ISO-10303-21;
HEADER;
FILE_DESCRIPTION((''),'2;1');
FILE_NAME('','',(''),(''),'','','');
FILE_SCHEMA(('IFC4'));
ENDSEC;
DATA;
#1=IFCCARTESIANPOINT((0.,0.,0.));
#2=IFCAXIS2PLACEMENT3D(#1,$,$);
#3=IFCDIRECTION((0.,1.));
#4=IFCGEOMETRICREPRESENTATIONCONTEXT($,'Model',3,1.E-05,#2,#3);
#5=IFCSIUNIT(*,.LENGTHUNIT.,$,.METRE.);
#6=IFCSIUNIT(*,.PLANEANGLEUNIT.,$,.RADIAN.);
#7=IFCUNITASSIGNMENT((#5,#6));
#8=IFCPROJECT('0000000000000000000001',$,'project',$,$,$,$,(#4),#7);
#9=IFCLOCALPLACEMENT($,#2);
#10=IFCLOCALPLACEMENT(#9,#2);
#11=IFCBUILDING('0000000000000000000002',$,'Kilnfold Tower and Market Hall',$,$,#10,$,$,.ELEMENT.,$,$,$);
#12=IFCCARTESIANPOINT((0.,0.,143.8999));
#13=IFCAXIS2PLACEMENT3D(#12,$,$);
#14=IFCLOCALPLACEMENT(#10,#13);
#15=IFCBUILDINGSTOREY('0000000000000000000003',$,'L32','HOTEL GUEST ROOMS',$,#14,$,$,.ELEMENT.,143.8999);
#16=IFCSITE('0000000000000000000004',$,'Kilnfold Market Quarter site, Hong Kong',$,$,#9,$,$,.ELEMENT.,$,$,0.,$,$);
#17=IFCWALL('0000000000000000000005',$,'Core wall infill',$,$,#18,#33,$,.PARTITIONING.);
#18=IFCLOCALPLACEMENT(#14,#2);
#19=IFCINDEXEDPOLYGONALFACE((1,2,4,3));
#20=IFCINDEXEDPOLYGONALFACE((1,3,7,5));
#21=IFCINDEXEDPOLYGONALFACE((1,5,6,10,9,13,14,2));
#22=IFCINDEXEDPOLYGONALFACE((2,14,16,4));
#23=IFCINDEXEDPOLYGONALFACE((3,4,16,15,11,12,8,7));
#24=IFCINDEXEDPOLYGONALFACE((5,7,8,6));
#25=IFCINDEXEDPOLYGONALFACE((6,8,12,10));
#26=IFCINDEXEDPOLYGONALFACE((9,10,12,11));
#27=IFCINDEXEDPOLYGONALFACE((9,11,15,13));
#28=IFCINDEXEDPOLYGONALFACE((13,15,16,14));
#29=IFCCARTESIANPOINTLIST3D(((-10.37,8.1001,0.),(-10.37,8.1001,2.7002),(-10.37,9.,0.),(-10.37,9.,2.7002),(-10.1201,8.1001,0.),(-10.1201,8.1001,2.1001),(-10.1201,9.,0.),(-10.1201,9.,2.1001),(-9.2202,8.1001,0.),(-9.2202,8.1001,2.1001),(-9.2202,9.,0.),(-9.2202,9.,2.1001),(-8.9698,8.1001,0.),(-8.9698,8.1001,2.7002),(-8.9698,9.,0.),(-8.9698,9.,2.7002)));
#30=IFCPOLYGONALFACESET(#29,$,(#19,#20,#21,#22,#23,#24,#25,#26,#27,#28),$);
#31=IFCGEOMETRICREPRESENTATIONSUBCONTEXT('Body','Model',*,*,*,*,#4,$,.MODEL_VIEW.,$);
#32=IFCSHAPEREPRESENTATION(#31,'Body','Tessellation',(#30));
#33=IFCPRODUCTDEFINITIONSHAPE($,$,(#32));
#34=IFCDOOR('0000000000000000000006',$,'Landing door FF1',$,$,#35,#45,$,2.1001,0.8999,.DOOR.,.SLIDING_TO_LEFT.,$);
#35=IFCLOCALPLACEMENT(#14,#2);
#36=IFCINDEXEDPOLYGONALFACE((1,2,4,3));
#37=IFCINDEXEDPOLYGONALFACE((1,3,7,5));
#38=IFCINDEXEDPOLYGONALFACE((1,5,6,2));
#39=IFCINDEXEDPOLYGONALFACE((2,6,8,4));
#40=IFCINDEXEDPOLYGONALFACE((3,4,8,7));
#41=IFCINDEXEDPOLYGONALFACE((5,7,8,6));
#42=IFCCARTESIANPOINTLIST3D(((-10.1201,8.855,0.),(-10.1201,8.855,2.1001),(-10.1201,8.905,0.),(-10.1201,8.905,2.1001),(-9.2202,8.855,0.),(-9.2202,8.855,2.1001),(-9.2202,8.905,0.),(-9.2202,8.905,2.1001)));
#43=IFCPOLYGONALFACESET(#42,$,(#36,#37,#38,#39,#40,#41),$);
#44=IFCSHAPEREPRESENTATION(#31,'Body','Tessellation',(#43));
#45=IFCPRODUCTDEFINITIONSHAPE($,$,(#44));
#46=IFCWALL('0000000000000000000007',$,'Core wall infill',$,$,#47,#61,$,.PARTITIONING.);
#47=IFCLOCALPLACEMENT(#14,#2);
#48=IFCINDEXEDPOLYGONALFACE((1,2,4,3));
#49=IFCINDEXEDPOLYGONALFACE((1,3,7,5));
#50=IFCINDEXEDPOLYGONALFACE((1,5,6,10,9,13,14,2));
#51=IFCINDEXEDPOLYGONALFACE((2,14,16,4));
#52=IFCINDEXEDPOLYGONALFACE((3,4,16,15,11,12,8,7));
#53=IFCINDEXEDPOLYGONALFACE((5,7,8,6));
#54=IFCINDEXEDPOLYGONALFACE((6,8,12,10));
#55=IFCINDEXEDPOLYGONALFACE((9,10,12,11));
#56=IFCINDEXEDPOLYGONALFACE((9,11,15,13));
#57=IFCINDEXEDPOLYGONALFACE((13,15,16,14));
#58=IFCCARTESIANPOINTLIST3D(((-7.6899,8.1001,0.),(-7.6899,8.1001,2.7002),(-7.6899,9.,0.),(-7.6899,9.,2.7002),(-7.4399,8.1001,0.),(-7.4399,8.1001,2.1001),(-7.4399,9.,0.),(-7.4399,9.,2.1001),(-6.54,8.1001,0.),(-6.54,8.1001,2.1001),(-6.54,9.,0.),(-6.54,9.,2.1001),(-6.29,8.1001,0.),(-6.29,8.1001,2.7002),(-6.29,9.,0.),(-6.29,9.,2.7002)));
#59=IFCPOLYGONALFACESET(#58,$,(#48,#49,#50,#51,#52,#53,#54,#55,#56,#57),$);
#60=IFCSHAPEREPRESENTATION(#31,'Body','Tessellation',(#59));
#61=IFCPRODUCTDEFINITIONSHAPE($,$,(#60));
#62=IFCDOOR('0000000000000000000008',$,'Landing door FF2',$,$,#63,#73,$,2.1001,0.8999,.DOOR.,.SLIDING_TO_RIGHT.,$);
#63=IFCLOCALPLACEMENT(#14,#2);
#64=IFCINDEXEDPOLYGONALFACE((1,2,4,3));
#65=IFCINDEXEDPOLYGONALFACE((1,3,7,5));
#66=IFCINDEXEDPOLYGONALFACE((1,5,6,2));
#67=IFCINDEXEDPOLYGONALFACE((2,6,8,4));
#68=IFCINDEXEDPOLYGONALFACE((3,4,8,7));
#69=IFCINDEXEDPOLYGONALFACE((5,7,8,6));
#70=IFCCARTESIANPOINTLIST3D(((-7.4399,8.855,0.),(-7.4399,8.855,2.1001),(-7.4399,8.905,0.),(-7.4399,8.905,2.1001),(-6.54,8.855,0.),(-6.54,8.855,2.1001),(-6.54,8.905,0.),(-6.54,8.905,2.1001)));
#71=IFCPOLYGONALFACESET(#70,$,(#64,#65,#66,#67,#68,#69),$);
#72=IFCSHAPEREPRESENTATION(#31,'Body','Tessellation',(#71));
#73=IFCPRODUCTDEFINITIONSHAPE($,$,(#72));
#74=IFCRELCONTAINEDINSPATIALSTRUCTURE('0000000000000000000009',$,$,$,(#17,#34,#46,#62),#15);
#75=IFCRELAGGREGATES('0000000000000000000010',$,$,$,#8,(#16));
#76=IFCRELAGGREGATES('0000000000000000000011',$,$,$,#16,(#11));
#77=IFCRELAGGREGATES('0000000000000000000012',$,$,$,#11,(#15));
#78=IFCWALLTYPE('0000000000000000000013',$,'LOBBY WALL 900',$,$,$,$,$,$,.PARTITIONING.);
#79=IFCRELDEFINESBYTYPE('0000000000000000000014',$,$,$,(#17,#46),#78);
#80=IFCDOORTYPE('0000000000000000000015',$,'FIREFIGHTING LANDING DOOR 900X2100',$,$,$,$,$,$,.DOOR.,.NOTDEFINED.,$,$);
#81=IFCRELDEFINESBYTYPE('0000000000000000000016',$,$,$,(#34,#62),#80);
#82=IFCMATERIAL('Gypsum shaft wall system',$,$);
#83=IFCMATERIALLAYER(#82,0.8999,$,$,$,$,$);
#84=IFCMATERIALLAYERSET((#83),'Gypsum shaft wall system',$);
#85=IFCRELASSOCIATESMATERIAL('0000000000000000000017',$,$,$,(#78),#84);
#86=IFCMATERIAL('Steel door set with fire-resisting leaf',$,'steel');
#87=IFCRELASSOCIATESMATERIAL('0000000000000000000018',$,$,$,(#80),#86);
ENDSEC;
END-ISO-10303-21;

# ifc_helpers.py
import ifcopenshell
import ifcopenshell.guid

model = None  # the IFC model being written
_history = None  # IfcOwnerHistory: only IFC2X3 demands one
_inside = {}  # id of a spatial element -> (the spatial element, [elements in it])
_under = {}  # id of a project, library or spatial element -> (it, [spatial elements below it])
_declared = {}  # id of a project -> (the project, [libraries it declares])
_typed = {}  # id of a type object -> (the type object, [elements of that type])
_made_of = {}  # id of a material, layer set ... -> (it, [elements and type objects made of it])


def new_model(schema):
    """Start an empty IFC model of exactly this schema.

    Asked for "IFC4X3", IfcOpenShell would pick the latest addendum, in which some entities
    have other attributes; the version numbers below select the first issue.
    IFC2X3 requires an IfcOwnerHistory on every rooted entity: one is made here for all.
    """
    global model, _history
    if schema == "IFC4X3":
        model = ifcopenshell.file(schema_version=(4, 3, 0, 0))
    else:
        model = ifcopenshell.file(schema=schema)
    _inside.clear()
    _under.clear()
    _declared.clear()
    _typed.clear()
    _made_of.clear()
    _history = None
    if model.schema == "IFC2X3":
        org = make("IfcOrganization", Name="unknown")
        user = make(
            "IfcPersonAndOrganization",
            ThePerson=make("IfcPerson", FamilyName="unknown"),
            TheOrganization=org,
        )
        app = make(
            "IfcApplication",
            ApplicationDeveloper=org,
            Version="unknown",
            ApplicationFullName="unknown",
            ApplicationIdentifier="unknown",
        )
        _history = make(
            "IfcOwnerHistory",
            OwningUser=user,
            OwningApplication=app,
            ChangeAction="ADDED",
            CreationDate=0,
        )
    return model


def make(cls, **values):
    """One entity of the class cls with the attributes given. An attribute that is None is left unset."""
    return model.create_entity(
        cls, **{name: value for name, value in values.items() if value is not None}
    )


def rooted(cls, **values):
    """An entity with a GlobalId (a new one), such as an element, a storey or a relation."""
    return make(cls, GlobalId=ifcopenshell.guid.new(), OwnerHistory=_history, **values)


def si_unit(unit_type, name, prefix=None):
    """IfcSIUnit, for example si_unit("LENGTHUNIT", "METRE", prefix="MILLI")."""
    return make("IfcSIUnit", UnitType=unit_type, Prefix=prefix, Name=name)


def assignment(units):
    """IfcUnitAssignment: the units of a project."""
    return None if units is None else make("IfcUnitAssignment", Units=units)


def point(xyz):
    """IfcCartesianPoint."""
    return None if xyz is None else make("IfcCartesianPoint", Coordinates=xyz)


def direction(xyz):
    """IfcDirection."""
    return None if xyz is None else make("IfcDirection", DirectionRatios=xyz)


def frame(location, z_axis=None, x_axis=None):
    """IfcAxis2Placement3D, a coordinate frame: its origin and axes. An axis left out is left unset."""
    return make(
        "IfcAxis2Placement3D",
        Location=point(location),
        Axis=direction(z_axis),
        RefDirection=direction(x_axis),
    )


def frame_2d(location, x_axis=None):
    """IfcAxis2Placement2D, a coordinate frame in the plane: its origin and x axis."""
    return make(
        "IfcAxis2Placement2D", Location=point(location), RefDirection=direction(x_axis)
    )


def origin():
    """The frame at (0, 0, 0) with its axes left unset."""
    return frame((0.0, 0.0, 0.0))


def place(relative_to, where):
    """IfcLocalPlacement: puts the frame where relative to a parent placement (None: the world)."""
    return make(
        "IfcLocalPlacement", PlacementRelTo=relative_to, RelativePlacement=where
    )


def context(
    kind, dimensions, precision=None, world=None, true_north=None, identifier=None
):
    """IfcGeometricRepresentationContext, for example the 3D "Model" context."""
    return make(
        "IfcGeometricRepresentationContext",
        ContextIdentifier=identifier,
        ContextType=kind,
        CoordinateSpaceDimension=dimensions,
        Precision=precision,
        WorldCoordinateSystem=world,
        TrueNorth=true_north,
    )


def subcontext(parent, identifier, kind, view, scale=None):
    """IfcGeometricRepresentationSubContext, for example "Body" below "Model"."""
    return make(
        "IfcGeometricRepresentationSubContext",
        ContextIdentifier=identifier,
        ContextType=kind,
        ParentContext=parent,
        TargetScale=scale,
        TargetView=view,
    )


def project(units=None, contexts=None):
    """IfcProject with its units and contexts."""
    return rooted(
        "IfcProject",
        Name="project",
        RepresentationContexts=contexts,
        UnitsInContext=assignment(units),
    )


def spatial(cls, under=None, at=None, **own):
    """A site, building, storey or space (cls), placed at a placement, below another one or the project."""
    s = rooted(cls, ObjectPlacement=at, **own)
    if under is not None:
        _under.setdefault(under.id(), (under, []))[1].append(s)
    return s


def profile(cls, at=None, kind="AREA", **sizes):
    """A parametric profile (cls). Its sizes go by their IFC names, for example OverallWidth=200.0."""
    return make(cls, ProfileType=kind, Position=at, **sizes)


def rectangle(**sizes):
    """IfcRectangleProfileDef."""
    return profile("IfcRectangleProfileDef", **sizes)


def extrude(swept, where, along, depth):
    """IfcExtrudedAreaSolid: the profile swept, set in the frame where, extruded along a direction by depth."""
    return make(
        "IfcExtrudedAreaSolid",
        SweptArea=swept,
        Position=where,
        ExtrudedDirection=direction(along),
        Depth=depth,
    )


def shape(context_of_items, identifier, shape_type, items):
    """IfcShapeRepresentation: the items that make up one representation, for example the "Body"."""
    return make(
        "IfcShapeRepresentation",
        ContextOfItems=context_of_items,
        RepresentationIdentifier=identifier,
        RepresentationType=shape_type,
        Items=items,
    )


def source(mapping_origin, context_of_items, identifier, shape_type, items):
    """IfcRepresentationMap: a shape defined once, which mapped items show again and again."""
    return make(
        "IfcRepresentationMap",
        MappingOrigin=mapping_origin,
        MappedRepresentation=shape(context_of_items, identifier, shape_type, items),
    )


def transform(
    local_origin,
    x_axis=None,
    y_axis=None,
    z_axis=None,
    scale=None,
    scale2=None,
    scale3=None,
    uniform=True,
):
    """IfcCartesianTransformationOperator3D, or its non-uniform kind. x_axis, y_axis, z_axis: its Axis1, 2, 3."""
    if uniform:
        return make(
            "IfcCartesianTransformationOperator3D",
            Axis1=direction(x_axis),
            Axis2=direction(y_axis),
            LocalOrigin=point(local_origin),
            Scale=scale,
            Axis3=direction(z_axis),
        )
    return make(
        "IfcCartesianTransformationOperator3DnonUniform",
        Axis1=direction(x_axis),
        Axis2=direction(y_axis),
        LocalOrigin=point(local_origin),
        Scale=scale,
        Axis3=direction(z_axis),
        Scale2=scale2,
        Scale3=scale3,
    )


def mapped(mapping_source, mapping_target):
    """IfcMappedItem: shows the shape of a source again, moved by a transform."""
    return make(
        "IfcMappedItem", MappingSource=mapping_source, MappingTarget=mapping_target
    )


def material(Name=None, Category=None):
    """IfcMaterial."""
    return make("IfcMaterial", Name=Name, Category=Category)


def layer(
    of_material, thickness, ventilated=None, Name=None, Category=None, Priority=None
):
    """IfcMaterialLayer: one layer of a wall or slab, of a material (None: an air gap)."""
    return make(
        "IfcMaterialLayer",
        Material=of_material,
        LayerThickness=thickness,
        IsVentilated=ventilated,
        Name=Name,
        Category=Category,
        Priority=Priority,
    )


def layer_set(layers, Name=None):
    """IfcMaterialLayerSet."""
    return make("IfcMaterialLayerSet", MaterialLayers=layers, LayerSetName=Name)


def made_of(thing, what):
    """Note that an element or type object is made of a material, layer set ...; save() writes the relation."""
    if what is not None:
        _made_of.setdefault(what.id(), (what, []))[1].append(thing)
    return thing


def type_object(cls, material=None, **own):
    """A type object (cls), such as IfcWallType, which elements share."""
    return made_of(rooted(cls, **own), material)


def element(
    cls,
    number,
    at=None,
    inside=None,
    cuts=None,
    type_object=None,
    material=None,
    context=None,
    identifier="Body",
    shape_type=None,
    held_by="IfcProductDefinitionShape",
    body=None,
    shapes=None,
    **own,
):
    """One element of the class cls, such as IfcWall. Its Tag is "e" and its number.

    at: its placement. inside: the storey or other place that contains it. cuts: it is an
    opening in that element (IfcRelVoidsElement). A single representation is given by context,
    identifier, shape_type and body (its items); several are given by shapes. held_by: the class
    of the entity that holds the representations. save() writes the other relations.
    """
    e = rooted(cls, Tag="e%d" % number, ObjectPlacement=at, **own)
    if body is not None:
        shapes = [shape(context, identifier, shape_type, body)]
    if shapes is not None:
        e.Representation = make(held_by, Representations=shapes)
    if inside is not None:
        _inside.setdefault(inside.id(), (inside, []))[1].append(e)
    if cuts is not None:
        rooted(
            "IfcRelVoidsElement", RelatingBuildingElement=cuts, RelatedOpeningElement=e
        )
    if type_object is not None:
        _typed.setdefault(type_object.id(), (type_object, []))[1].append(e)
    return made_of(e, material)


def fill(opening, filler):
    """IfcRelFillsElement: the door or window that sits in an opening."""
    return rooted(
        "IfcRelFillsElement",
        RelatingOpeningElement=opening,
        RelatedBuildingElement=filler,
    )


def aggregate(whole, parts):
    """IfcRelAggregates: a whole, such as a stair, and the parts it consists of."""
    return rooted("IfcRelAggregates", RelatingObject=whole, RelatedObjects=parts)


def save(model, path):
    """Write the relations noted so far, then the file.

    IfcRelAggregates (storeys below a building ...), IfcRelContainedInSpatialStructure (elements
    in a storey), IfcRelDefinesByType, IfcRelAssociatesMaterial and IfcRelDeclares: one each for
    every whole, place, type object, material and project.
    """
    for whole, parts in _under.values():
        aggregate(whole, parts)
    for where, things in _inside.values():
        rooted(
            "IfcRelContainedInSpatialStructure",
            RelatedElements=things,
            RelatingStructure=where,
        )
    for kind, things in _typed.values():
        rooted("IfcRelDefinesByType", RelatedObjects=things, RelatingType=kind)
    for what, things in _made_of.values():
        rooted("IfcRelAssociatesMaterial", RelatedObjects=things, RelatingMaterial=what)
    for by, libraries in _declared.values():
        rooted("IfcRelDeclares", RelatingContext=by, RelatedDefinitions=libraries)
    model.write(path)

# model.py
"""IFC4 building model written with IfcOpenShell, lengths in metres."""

from ifc_helpers import new_model, si_unit, direction, frame, frame_2d, origin, place, context, subcontext, project, spatial, rectangle, extrude, source, transform, mapped, material, layer, layer_set, type_object, element, fill, save


model = new_model("IFC4")

# Units and contexts
model_context = context("Model", 3, precision=1e-05, world=origin(), true_north=direction((0.0, 1.0)))
body_context = subcontext(model_context, "Body", "Model", "MODEL_VIEW")
ifc_project = project(units=[si_unit("LENGTHUNIT", "METRE"), si_unit("PLANEANGLEUNIT", "RADIAN")], contexts=[model_context])

# Site, building, storey
site_placement = place(None, origin())
site = spatial("IfcSite", under=ifc_project, at=site_placement, Name="Kilnfold Market Quarter site, Hong Kong", CompositionType="ELEMENT", RefElevation=0.0)
building_placement = place(site_placement, origin())
building = spatial("IfcBuilding", under=site, at=building_placement, Name="Kilnfold Tower and Market Hall", CompositionType="ELEMENT")
storey_placement = place(building_placement, frame((0.0, 0.0, 143.8999)))
storey = spatial("IfcBuildingStorey", under=building, at=storey_placement, Name="L32", Description="HOTEL GUEST ROOMS", CompositionType="ELEMENT", Elevation=143.8999)

# Walls, openings, doors
ifc_material_1 = material(Name="Gypsum shaft wall system")
ifc_layer_1 = layer(ifc_material_1, 0.8999)
ifc_layer_set_1 = layer_set([ifc_layer_1], Name="Gypsum shaft wall system")
wall_type_1 = type_object("IfcWallType", Name="LOBBY WALL 900", PredefinedType="PARTITIONING", material=ifc_layer_set_1)
shared_shape_1 = source(origin(), body_context, "Body", "SweptSolid", [
    extrude(rectangle(XDim=1.4001, YDim=0.8999, at=frame_2d((0.7002, 0.0))), origin(), (0.0, 0.0, 1.0), 2.7002),
])
wall_1_placement = place(storey_placement, frame((-10.3701, 8.55, 0.0), z_axis=(0.0, 0.0, 1.0), x_axis=(1.0, 0.0, 0.0)))
wall_1 = element("IfcWall", 1, at=wall_1_placement, inside=storey, type_object=wall_type_1, Name="Core wall infill", PredefinedType="PARTITIONING", context=body_context, shape_type="MappedRepresentation", body=[
    mapped(shared_shape_1, transform((0.0, 0.0, 0.0))),
])
opening_1_placement = place(wall_1_placement, frame((0.25, 0.0, 0.0)))
opening_1 = element("IfcOpeningElement", 2, at=opening_1_placement, cuts=wall_1, PredefinedType="OPENING", context=body_context, shape_type="SweptSolid", body=[
    extrude(rectangle(XDim=0.8999, YDim=2.1001, at=frame_2d((0.45, 1.05))), frame((0.0, 0.46, 0.0), z_axis=(0.0, -1.0, 0.0), x_axis=(1.0, 0.0, 0.0)), (0.0, 0.0, 1.0), 0.9199),
])
ifc_material_2 = material(Name="Steel door set with fire-resisting leaf", Category="steel")
door_type_1 = type_object("IfcDoorType", Name="FIREFIGHTING LANDING DOOR 900X2100", OperationType="NOTDEFINED", PredefinedType="DOOR", material=ifc_material_2)
door_1_placement = place(opening_1_placement, origin())
door_1 = element("IfcDoor", 3, at=door_1_placement, inside=storey, type_object=door_type_1, Name="Landing door FF1", OperationType="SLIDING_TO_LEFT", OverallHeight=2.1001, OverallWidth=0.8999, PredefinedType="DOOR", context=body_context, shape_type="SweptSolid", body=[
    extrude(rectangle(XDim=0.8999, YDim=2.1001, at=frame_2d((0.45, 1.05))), frame((0.0, 0.355, 0.0), z_axis=(0.0, -1.0, 0.0), x_axis=(1.0, 0.0, 0.0)), (0.0, 0.0, 1.0), 0.05),
])
fill(opening_1, door_1)
shared_shape_2 = source(origin(), body_context, "Body", "SweptSolid", [
    extrude(rectangle(XDim=1.3999, YDim=0.8999, at=frame_2d((0.7, 0.0))), origin(), (0.0, 0.0, 1.0), 2.7002),
])
wall_2_placement = place(storey_placement, frame((-7.6899, 8.55, 0.0), z_axis=(0.0, 0.0, 1.0), x_axis=(1.0, 0.0, 0.0)))
wall_2 = element("IfcWall", 4, at=wall_2_placement, inside=storey, type_object=wall_type_1, Name="Core wall infill", PredefinedType="PARTITIONING", context=body_context, shape_type="MappedRepresentation", body=[
    mapped(shared_shape_2, transform((0.0, 0.0, 0.0))),
])
opening_2_placement = place(wall_2_placement, frame((0.25, 0.0, 0.0)))
opening_2 = element("IfcOpeningElement", 5, at=opening_2_placement, cuts=wall_2, PredefinedType="OPENING", context=body_context, shape_type="SweptSolid", body=[
    extrude(rectangle(XDim=0.8999, YDim=2.1001, at=frame_2d((0.45, 1.05))), frame((0.0, 0.46, 0.0), z_axis=(0.0, -1.0, 0.0), x_axis=(1.0, 0.0, 0.0)), (0.0, 0.0, 1.0), 0.9199),
])
door_2_placement = place(opening_2_placement, origin())
door_2 = element("IfcDoor", 6, at=door_2_placement, inside=storey, type_object=door_type_1, Name="Landing door FF2", OperationType="SLIDING_TO_RIGHT", OverallHeight=2.1001, OverallWidth=0.8999, PredefinedType="DOOR", context=body_context, shape_type="SweptSolid", body=[
    extrude(rectangle(XDim=0.8999, YDim=2.1001, at=frame_2d((0.45, 1.05))), frame((0.0, 0.355, 0.0), z_axis=(0.0, -1.0, 0.0), x_axis=(1.0, 0.0, 0.0)), (0.0, 0.0, 1.0), 0.05),
])
fill(opening_2, door_2)

save(model, "model.ifc")
